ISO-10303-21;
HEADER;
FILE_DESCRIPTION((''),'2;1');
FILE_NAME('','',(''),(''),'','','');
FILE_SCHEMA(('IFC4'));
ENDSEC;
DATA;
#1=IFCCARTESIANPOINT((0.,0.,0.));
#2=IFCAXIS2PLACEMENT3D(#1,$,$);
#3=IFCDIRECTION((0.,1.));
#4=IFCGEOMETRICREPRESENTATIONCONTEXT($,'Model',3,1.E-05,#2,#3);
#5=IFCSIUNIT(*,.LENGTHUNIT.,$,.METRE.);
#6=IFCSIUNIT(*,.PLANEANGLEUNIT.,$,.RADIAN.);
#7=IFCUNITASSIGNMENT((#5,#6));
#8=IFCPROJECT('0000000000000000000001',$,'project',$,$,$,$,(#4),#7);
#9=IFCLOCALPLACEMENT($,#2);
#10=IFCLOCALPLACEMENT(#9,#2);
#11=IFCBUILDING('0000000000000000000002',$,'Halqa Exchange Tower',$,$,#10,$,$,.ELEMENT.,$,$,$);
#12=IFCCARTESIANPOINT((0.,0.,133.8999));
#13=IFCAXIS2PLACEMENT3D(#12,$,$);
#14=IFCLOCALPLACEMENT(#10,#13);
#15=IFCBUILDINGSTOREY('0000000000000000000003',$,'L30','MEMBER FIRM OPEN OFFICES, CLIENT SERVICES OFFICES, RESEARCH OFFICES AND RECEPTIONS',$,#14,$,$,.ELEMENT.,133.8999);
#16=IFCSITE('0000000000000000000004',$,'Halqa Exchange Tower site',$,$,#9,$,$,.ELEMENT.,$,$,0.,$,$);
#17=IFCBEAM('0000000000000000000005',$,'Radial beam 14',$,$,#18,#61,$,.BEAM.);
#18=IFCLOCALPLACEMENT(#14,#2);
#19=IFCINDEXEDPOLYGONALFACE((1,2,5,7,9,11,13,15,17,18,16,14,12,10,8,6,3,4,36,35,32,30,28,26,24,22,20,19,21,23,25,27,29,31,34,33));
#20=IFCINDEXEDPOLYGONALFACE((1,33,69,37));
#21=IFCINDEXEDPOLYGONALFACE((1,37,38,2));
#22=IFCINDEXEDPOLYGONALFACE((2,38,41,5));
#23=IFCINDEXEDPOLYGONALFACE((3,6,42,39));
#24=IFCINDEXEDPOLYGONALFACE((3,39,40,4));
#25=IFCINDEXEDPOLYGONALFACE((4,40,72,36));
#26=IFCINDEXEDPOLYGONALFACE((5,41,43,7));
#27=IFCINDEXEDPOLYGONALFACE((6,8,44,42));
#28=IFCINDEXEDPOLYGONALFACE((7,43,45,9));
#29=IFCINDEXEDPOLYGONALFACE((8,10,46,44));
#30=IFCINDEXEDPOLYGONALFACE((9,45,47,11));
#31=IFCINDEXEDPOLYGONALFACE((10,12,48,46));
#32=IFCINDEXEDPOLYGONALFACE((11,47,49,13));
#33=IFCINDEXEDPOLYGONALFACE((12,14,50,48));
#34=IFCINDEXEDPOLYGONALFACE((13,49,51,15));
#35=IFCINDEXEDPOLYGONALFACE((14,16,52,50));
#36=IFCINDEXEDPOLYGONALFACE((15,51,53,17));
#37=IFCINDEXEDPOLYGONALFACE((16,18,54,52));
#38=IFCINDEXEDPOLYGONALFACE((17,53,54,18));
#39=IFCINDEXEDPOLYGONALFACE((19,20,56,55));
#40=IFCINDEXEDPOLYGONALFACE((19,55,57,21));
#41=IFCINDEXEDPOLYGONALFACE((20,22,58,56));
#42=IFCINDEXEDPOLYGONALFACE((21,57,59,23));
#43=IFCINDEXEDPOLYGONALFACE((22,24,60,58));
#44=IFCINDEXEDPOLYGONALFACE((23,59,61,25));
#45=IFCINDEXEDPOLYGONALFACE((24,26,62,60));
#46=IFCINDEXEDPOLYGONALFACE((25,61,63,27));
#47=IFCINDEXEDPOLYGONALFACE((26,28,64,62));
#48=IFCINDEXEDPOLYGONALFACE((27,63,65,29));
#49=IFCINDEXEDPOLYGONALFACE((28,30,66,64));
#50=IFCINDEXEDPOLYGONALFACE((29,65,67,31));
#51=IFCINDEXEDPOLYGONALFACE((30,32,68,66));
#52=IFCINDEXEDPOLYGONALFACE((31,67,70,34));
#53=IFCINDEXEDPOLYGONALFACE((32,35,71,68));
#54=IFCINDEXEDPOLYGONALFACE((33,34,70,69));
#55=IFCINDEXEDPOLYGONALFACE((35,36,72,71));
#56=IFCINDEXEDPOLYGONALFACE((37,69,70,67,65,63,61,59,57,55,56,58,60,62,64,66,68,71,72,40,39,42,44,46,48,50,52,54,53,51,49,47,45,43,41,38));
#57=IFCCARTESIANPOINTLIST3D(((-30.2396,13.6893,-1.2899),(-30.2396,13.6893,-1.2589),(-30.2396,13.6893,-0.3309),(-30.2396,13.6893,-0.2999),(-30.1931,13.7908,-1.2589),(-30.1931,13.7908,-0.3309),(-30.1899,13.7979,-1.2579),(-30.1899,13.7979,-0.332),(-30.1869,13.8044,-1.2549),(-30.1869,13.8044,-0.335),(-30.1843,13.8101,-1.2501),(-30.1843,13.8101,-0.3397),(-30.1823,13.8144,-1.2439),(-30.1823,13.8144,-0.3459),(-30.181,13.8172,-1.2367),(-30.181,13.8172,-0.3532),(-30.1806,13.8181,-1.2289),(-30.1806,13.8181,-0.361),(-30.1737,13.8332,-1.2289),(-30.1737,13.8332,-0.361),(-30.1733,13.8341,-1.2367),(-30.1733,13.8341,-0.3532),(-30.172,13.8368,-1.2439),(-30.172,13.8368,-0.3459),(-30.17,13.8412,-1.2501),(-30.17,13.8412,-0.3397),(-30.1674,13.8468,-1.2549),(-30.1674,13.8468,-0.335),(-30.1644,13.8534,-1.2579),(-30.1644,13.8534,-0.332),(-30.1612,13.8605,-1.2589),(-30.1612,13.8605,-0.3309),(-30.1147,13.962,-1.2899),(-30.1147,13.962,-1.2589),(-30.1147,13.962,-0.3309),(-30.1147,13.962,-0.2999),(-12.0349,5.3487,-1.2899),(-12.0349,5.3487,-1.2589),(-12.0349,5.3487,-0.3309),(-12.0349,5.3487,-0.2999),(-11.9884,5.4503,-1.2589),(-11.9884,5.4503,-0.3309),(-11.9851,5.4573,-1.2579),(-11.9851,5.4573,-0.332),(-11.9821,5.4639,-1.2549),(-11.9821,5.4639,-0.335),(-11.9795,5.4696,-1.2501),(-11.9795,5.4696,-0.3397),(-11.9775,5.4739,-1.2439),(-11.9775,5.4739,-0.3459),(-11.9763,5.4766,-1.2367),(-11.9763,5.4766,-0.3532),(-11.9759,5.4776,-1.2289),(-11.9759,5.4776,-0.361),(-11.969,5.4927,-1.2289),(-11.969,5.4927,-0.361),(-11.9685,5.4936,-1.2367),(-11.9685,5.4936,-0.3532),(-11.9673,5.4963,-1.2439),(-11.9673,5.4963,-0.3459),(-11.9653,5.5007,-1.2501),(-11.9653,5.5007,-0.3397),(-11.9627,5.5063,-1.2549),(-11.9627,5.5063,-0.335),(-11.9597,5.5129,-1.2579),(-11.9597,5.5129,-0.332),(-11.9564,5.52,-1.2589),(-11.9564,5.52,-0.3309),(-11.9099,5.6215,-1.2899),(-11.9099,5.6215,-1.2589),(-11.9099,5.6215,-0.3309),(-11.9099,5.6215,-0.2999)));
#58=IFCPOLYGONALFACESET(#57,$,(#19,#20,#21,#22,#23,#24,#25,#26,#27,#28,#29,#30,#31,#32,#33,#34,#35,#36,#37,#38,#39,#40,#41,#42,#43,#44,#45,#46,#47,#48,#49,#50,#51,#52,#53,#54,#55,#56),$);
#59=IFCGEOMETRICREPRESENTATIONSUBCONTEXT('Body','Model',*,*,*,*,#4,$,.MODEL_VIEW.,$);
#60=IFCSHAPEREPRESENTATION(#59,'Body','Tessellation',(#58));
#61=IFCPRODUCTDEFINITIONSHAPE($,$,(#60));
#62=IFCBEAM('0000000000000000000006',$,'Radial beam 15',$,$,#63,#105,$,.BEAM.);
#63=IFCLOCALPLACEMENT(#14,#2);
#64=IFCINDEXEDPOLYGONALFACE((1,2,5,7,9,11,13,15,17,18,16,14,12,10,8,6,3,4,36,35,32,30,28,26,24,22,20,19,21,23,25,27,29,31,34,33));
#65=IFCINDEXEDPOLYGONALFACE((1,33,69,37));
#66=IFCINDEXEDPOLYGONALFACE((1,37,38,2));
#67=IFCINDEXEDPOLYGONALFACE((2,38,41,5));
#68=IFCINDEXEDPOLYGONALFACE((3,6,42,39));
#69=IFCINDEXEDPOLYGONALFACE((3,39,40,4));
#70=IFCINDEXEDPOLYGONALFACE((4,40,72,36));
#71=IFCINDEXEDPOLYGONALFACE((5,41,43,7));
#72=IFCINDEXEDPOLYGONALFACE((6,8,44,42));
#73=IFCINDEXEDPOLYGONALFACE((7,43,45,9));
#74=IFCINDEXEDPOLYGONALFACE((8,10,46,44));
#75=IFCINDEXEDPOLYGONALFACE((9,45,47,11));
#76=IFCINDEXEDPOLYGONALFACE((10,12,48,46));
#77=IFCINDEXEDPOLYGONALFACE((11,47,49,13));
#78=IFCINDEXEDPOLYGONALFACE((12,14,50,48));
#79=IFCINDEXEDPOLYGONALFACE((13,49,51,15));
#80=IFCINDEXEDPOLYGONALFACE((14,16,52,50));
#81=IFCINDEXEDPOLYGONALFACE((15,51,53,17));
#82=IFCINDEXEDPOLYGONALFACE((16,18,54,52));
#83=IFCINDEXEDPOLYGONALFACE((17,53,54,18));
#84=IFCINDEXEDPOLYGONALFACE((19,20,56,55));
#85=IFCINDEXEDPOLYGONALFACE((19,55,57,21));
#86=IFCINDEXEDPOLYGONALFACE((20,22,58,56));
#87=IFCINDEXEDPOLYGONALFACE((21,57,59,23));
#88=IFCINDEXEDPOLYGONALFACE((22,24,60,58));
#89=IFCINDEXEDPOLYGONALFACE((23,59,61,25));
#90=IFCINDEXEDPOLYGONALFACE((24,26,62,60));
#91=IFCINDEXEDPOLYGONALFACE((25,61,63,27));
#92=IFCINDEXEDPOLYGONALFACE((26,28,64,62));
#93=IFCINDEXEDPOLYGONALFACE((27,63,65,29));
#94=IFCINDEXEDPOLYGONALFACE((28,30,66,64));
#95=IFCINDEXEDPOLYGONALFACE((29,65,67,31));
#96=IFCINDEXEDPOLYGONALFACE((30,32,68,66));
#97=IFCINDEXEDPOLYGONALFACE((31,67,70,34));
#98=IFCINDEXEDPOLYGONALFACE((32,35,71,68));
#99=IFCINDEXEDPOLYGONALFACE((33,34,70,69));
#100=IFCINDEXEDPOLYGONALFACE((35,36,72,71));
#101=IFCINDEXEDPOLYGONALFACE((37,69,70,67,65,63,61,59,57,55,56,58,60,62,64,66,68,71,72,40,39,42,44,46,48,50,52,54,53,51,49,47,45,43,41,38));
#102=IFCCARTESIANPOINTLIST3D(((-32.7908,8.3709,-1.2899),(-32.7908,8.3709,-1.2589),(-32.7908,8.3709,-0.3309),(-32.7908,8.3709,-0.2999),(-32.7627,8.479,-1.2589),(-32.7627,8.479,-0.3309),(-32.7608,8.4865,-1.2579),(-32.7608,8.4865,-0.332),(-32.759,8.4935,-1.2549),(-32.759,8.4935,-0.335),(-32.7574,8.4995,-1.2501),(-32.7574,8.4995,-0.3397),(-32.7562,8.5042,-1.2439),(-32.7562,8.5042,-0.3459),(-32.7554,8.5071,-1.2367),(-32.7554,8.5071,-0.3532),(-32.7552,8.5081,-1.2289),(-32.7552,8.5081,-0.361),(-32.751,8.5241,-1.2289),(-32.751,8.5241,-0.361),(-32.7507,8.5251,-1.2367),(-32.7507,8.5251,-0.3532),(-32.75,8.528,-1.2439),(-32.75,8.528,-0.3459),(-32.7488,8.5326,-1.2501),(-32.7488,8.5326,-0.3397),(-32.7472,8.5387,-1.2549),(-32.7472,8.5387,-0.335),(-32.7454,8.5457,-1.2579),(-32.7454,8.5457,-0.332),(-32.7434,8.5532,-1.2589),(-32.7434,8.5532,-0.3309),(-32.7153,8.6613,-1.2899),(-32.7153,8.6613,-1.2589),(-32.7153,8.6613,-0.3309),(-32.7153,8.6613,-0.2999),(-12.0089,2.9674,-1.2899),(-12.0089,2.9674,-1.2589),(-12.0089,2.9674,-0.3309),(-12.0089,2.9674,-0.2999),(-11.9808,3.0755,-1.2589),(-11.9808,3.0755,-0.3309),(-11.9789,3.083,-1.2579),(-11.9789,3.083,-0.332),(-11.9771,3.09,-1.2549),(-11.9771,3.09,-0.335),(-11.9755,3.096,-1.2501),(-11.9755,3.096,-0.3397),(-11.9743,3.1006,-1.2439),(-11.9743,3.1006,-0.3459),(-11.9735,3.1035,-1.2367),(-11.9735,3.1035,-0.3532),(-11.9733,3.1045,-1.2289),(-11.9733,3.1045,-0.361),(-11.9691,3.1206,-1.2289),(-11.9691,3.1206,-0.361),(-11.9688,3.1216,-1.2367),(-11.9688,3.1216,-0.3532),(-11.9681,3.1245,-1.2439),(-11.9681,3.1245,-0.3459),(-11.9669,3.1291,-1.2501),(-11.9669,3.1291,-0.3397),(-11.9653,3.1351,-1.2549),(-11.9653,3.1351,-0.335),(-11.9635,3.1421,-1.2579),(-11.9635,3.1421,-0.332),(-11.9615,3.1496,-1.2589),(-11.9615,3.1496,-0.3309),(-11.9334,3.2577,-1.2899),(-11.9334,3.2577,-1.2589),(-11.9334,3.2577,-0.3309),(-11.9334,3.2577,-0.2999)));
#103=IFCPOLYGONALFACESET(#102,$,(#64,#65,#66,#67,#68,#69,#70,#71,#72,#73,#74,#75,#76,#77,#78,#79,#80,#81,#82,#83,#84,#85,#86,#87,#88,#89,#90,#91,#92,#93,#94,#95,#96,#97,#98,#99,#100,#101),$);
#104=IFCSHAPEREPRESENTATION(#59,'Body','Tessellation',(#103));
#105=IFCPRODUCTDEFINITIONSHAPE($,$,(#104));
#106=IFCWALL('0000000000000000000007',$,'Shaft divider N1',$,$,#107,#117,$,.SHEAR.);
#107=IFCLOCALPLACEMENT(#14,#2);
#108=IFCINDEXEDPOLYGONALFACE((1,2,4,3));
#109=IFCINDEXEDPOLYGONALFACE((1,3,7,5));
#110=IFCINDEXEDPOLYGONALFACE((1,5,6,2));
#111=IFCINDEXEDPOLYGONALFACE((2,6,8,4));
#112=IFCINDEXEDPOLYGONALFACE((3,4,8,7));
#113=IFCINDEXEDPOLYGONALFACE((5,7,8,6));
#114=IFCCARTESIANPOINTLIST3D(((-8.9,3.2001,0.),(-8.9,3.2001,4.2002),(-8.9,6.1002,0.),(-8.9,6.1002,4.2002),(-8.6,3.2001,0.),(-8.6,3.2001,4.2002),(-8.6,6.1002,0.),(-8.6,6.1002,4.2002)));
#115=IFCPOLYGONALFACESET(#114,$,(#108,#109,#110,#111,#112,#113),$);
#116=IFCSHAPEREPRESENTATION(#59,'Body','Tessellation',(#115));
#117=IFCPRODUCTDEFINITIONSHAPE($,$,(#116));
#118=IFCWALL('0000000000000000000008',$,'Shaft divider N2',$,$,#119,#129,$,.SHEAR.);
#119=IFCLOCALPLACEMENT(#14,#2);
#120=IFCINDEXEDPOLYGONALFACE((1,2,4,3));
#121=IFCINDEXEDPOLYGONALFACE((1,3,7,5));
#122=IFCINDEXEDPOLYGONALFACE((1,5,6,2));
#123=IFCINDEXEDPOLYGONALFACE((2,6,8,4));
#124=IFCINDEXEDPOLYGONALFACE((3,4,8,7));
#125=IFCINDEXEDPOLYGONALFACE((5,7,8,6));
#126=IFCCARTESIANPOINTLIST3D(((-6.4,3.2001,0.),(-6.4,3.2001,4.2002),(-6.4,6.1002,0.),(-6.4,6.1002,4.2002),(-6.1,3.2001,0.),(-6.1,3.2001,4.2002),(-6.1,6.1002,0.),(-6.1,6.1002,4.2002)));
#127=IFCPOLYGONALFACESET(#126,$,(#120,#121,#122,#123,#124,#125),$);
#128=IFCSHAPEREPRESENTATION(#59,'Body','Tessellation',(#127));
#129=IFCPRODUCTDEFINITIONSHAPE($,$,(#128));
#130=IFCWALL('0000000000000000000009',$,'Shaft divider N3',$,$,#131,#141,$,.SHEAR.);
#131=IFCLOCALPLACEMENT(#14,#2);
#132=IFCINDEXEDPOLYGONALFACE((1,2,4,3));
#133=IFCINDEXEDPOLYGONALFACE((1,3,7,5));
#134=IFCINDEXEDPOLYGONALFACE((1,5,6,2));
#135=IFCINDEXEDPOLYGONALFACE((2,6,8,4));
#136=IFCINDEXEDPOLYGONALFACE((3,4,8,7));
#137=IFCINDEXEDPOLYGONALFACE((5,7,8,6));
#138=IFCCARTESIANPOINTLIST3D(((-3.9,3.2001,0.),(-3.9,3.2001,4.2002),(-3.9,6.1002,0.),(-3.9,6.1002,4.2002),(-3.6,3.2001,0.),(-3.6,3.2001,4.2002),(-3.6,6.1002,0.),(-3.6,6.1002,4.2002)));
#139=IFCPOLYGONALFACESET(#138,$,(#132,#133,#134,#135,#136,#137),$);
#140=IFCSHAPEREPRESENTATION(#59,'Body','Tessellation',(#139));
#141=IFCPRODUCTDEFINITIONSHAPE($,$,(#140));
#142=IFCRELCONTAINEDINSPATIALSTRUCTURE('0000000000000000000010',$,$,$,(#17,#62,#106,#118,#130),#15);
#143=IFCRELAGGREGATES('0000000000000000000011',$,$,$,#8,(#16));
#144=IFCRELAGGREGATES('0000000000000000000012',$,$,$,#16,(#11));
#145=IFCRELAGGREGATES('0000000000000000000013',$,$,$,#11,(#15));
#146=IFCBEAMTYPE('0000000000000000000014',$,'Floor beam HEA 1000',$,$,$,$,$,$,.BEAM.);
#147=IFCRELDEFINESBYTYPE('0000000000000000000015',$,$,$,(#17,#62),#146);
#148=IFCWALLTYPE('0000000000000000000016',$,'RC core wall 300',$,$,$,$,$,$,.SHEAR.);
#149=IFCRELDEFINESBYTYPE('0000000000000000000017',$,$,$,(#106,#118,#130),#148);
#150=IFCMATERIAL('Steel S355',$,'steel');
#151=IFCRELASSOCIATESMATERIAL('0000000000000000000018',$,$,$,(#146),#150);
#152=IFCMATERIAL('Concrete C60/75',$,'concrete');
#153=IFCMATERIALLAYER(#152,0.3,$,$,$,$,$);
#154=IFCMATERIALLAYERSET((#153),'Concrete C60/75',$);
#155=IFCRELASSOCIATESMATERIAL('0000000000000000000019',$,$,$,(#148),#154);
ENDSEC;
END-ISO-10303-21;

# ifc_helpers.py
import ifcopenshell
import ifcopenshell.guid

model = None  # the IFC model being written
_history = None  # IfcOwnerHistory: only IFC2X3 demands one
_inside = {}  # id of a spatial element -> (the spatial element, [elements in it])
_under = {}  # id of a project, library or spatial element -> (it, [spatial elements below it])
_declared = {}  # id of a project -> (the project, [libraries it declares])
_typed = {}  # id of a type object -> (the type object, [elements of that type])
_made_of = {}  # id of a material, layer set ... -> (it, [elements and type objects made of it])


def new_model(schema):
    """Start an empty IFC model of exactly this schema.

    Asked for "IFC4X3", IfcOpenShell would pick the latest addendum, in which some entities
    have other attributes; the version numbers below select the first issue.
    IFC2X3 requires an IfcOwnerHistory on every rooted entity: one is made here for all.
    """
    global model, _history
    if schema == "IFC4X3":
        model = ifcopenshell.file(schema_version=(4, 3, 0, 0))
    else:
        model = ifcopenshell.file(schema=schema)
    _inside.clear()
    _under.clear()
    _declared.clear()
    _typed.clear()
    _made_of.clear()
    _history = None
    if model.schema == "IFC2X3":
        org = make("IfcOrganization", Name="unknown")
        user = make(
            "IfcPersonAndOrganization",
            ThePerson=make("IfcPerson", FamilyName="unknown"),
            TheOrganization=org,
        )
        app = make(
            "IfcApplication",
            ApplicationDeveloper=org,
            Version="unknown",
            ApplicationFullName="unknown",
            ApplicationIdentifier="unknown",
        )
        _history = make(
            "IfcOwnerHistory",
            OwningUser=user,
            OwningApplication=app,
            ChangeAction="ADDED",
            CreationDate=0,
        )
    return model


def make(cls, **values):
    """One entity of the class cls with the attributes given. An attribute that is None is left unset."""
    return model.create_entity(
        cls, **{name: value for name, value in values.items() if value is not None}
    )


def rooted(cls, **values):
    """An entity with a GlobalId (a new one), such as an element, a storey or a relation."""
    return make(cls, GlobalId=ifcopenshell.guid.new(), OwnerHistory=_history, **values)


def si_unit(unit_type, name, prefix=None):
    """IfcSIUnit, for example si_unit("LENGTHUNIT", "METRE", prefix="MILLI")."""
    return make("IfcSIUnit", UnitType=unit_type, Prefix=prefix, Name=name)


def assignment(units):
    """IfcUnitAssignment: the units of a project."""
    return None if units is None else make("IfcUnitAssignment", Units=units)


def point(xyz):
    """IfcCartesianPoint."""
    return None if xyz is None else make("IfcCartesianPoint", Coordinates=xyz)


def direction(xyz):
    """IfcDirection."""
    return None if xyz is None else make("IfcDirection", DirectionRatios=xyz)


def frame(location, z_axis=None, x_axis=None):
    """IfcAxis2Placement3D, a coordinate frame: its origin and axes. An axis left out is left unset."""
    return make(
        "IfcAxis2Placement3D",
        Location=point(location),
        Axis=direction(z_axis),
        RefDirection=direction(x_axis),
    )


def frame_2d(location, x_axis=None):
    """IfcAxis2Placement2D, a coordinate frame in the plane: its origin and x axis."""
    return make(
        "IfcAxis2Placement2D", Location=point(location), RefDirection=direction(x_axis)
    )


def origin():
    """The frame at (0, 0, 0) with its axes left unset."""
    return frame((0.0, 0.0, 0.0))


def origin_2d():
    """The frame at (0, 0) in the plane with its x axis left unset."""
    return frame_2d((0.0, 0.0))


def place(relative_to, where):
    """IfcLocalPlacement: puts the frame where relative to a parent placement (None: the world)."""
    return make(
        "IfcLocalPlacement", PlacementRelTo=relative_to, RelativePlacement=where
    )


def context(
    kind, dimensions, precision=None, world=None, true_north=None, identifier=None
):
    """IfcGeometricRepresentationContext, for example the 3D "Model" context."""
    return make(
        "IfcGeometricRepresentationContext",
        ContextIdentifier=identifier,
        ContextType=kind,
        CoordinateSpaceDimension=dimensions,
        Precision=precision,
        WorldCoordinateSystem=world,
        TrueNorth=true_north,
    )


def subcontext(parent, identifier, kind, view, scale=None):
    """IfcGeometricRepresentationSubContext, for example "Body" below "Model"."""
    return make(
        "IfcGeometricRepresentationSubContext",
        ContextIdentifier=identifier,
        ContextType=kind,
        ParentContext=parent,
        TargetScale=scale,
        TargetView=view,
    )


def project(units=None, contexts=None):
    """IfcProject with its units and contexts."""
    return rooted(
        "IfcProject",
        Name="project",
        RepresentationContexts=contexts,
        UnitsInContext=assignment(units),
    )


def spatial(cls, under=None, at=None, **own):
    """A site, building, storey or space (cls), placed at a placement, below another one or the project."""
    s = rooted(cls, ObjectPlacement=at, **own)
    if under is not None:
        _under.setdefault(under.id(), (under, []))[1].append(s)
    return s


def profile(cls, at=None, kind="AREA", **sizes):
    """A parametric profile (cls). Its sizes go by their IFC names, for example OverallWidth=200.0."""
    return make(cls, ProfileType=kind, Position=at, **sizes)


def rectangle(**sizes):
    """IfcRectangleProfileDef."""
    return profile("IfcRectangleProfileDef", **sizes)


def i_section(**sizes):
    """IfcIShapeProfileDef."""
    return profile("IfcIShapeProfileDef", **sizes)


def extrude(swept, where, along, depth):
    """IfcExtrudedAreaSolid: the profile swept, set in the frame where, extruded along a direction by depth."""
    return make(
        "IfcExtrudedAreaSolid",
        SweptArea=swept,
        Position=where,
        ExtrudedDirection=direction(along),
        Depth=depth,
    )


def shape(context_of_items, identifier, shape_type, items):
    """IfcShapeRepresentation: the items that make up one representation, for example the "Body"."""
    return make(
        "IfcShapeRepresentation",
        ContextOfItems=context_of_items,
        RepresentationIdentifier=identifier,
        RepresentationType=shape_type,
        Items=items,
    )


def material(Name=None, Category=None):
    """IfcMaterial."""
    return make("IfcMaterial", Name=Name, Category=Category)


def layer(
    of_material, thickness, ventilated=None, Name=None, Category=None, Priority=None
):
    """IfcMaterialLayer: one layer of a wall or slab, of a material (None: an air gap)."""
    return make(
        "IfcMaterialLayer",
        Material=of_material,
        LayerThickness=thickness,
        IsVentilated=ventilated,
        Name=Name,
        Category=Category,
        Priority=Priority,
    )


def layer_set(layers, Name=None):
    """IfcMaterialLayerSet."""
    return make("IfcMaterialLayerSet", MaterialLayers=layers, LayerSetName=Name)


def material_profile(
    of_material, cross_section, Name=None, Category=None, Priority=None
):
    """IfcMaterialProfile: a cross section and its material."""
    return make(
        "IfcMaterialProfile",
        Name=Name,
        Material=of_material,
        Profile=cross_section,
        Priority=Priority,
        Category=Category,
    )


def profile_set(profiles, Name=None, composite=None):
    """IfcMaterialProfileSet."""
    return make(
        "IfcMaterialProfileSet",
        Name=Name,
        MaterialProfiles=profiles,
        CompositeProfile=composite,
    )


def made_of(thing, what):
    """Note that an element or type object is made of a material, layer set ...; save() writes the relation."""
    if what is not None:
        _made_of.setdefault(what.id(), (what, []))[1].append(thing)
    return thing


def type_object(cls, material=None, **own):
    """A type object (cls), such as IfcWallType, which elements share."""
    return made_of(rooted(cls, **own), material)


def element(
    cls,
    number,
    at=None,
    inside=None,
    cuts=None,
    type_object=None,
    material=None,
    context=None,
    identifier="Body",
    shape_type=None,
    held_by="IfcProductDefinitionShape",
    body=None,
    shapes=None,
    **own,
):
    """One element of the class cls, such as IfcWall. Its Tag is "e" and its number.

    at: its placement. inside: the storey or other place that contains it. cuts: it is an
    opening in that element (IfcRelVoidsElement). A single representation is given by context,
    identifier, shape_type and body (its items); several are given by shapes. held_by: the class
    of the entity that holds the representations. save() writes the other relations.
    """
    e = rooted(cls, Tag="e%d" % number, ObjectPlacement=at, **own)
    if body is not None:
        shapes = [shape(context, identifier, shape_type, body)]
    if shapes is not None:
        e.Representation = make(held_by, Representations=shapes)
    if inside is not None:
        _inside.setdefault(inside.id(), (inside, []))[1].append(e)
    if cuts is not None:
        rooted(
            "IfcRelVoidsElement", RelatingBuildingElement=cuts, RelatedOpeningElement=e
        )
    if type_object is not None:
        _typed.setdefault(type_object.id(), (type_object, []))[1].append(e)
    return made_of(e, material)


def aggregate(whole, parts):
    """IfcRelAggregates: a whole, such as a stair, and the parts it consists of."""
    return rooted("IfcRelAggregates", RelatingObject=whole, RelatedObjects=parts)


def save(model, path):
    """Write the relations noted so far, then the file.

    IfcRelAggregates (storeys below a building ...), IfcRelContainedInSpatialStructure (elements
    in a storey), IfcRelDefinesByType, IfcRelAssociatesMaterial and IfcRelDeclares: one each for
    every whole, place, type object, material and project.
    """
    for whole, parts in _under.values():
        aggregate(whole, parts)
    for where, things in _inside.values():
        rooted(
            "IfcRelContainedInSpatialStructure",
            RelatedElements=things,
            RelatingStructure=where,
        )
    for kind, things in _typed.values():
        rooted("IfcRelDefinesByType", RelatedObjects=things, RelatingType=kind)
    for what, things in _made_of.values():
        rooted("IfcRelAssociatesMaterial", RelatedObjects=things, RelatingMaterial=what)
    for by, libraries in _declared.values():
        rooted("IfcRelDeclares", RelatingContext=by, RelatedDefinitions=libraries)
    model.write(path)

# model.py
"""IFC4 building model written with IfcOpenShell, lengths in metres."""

from ifc_helpers import new_model, si_unit, direction, frame, frame_2d, origin, origin_2d, place, context, subcontext, project, spatial, rectangle, i_section, extrude, material, layer, layer_set, material_profile, profile_set, type_object, element, save


model = new_model("IFC4")

# Units and contexts
model_context = context("Model", 3, precision=1e-05, world=origin(), true_north=direction((0.0, 1.0)))
body_context = subcontext(model_context, "Body", "Model", "MODEL_VIEW")
ifc_project = project(units=[si_unit("LENGTHUNIT", "METRE"), si_unit("PLANEANGLEUNIT", "RADIAN")], contexts=[model_context])

# Site, building, storey
site_placement = place(None, origin())
site = spatial("IfcSite", under=ifc_project, at=site_placement, Name="Halqa Exchange Tower site", CompositionType="ELEMENT", RefElevation=0.0)
building_placement = place(site_placement, origin())
building = spatial("IfcBuilding", under=site, at=building_placement, Name="Halqa Exchange Tower", CompositionType="ELEMENT")
storey_placement = place(building_placement, frame((0.0, 0.0, 133.8999)))
storey = spatial("IfcBuildingStorey", under=building, at=storey_placement, Name="L30", Description="MEMBER FIRM OPEN OFFICES, CLIENT SERVICES OFFICES, RESEARCH OFFICES AND RECEPTIONS", CompositionType="ELEMENT", Elevation=133.8999)

# Beams
ifc_material_1 = material(Name="Steel S355", Category="steel")
ifc_material_profile = material_profile(ifc_material_1, i_section(OverallWidth=0.3, OverallDepth=0.99, WebThickness=0.0166, FlangeThickness=0.031, FilletRadius=0.03, at=origin_2d()), Name="HEA 1000")
ifc_profile_set = profile_set([ifc_material_profile], Name="Steel S355")
beam_type = type_object("IfcBeamType", Name="Floor beam HEA 1000", PredefinedType="BEAM", material=ifc_profile_set)
beam_1_placement = place(storey_placement, frame((-11.9724, 5.4851, -0.7949), z_axis=(-0.909127, 0.416518, 0.0), x_axis=(-0.416518, -0.909127, 0.0)))
element("IfcBeam", 1, at=beam_1_placement, inside=storey, type_object=beam_type, Name="Radial beam 14", PredefinedType="BEAM", context=body_context, shape_type="SweptSolid", body=[
    extrude(i_section(OverallWidth=0.3, OverallDepth=0.99, WebThickness=0.0166, FlangeThickness=0.031, FilletRadius=0.03, at=origin_2d()), origin(), (0.0, 0.0, 1.0), 20.0244),
])
beam_2_placement = place(storey_placement, frame((-11.9712, 3.1125, -0.7949), z_axis=(-0.96782, 0.251645, 0.0), x_axis=(-0.251645, -0.96782, 0.0)))
element("IfcBeam", 2, at=beam_2_placement, inside=storey, type_object=beam_type, Name="Radial beam 15", PredefinedType="BEAM", context=body_context, shape_type="SweptSolid", body=[
    extrude(i_section(OverallWidth=0.3, OverallDepth=0.99, WebThickness=0.0166, FlangeThickness=0.031, FilletRadius=0.03, at=origin_2d()), origin(), (0.0, 0.0, 1.0), 21.4729),
])

# Walls
ifc_material_2 = material(Name="Concrete C60/75", Category="concrete")
ifc_layer_1 = layer(ifc_material_2, 0.3)
ifc_layer_set_1 = layer_set([ifc_layer_1], Name="Concrete C60/75")
wall_type_1 = type_object("IfcWallType", Name="RC core wall 300", PredefinedType="SHEAR", material=ifc_layer_set_1)
for number, where, z_axis, x_axis, name in (
    (3, (-8.75, 3.2, 0.0), (0.0, 0.0, 1.0), (0.0, 1.0, 0.0), "Shaft divider N1"),
    (4, (-6.25, 3.2, 0.0), (0.0, 0.0, 1.0), (0.0, 1.0, 0.0), "Shaft divider N2"),
    (5, (-3.75, 3.2, 0.0), (0.0, 0.0, 1.0), (0.0, 1.0, 0.0), "Shaft divider N3"),
):
    element("IfcWall", number, at=place(storey_placement, frame(where, z_axis=z_axis, x_axis=x_axis)), inside=storey, type_object=wall_type_1, Name=name, PredefinedType="SHEAR", context=body_context, shape_type="SweptSolid", body=[
        extrude(rectangle(XDim=2.9001, YDim=0.3, at=frame_2d((1.4502, 0.0))), origin(), (0.0, 0.0, 1.0), 4.2002),
    ])

save(model, "model.ifc")
